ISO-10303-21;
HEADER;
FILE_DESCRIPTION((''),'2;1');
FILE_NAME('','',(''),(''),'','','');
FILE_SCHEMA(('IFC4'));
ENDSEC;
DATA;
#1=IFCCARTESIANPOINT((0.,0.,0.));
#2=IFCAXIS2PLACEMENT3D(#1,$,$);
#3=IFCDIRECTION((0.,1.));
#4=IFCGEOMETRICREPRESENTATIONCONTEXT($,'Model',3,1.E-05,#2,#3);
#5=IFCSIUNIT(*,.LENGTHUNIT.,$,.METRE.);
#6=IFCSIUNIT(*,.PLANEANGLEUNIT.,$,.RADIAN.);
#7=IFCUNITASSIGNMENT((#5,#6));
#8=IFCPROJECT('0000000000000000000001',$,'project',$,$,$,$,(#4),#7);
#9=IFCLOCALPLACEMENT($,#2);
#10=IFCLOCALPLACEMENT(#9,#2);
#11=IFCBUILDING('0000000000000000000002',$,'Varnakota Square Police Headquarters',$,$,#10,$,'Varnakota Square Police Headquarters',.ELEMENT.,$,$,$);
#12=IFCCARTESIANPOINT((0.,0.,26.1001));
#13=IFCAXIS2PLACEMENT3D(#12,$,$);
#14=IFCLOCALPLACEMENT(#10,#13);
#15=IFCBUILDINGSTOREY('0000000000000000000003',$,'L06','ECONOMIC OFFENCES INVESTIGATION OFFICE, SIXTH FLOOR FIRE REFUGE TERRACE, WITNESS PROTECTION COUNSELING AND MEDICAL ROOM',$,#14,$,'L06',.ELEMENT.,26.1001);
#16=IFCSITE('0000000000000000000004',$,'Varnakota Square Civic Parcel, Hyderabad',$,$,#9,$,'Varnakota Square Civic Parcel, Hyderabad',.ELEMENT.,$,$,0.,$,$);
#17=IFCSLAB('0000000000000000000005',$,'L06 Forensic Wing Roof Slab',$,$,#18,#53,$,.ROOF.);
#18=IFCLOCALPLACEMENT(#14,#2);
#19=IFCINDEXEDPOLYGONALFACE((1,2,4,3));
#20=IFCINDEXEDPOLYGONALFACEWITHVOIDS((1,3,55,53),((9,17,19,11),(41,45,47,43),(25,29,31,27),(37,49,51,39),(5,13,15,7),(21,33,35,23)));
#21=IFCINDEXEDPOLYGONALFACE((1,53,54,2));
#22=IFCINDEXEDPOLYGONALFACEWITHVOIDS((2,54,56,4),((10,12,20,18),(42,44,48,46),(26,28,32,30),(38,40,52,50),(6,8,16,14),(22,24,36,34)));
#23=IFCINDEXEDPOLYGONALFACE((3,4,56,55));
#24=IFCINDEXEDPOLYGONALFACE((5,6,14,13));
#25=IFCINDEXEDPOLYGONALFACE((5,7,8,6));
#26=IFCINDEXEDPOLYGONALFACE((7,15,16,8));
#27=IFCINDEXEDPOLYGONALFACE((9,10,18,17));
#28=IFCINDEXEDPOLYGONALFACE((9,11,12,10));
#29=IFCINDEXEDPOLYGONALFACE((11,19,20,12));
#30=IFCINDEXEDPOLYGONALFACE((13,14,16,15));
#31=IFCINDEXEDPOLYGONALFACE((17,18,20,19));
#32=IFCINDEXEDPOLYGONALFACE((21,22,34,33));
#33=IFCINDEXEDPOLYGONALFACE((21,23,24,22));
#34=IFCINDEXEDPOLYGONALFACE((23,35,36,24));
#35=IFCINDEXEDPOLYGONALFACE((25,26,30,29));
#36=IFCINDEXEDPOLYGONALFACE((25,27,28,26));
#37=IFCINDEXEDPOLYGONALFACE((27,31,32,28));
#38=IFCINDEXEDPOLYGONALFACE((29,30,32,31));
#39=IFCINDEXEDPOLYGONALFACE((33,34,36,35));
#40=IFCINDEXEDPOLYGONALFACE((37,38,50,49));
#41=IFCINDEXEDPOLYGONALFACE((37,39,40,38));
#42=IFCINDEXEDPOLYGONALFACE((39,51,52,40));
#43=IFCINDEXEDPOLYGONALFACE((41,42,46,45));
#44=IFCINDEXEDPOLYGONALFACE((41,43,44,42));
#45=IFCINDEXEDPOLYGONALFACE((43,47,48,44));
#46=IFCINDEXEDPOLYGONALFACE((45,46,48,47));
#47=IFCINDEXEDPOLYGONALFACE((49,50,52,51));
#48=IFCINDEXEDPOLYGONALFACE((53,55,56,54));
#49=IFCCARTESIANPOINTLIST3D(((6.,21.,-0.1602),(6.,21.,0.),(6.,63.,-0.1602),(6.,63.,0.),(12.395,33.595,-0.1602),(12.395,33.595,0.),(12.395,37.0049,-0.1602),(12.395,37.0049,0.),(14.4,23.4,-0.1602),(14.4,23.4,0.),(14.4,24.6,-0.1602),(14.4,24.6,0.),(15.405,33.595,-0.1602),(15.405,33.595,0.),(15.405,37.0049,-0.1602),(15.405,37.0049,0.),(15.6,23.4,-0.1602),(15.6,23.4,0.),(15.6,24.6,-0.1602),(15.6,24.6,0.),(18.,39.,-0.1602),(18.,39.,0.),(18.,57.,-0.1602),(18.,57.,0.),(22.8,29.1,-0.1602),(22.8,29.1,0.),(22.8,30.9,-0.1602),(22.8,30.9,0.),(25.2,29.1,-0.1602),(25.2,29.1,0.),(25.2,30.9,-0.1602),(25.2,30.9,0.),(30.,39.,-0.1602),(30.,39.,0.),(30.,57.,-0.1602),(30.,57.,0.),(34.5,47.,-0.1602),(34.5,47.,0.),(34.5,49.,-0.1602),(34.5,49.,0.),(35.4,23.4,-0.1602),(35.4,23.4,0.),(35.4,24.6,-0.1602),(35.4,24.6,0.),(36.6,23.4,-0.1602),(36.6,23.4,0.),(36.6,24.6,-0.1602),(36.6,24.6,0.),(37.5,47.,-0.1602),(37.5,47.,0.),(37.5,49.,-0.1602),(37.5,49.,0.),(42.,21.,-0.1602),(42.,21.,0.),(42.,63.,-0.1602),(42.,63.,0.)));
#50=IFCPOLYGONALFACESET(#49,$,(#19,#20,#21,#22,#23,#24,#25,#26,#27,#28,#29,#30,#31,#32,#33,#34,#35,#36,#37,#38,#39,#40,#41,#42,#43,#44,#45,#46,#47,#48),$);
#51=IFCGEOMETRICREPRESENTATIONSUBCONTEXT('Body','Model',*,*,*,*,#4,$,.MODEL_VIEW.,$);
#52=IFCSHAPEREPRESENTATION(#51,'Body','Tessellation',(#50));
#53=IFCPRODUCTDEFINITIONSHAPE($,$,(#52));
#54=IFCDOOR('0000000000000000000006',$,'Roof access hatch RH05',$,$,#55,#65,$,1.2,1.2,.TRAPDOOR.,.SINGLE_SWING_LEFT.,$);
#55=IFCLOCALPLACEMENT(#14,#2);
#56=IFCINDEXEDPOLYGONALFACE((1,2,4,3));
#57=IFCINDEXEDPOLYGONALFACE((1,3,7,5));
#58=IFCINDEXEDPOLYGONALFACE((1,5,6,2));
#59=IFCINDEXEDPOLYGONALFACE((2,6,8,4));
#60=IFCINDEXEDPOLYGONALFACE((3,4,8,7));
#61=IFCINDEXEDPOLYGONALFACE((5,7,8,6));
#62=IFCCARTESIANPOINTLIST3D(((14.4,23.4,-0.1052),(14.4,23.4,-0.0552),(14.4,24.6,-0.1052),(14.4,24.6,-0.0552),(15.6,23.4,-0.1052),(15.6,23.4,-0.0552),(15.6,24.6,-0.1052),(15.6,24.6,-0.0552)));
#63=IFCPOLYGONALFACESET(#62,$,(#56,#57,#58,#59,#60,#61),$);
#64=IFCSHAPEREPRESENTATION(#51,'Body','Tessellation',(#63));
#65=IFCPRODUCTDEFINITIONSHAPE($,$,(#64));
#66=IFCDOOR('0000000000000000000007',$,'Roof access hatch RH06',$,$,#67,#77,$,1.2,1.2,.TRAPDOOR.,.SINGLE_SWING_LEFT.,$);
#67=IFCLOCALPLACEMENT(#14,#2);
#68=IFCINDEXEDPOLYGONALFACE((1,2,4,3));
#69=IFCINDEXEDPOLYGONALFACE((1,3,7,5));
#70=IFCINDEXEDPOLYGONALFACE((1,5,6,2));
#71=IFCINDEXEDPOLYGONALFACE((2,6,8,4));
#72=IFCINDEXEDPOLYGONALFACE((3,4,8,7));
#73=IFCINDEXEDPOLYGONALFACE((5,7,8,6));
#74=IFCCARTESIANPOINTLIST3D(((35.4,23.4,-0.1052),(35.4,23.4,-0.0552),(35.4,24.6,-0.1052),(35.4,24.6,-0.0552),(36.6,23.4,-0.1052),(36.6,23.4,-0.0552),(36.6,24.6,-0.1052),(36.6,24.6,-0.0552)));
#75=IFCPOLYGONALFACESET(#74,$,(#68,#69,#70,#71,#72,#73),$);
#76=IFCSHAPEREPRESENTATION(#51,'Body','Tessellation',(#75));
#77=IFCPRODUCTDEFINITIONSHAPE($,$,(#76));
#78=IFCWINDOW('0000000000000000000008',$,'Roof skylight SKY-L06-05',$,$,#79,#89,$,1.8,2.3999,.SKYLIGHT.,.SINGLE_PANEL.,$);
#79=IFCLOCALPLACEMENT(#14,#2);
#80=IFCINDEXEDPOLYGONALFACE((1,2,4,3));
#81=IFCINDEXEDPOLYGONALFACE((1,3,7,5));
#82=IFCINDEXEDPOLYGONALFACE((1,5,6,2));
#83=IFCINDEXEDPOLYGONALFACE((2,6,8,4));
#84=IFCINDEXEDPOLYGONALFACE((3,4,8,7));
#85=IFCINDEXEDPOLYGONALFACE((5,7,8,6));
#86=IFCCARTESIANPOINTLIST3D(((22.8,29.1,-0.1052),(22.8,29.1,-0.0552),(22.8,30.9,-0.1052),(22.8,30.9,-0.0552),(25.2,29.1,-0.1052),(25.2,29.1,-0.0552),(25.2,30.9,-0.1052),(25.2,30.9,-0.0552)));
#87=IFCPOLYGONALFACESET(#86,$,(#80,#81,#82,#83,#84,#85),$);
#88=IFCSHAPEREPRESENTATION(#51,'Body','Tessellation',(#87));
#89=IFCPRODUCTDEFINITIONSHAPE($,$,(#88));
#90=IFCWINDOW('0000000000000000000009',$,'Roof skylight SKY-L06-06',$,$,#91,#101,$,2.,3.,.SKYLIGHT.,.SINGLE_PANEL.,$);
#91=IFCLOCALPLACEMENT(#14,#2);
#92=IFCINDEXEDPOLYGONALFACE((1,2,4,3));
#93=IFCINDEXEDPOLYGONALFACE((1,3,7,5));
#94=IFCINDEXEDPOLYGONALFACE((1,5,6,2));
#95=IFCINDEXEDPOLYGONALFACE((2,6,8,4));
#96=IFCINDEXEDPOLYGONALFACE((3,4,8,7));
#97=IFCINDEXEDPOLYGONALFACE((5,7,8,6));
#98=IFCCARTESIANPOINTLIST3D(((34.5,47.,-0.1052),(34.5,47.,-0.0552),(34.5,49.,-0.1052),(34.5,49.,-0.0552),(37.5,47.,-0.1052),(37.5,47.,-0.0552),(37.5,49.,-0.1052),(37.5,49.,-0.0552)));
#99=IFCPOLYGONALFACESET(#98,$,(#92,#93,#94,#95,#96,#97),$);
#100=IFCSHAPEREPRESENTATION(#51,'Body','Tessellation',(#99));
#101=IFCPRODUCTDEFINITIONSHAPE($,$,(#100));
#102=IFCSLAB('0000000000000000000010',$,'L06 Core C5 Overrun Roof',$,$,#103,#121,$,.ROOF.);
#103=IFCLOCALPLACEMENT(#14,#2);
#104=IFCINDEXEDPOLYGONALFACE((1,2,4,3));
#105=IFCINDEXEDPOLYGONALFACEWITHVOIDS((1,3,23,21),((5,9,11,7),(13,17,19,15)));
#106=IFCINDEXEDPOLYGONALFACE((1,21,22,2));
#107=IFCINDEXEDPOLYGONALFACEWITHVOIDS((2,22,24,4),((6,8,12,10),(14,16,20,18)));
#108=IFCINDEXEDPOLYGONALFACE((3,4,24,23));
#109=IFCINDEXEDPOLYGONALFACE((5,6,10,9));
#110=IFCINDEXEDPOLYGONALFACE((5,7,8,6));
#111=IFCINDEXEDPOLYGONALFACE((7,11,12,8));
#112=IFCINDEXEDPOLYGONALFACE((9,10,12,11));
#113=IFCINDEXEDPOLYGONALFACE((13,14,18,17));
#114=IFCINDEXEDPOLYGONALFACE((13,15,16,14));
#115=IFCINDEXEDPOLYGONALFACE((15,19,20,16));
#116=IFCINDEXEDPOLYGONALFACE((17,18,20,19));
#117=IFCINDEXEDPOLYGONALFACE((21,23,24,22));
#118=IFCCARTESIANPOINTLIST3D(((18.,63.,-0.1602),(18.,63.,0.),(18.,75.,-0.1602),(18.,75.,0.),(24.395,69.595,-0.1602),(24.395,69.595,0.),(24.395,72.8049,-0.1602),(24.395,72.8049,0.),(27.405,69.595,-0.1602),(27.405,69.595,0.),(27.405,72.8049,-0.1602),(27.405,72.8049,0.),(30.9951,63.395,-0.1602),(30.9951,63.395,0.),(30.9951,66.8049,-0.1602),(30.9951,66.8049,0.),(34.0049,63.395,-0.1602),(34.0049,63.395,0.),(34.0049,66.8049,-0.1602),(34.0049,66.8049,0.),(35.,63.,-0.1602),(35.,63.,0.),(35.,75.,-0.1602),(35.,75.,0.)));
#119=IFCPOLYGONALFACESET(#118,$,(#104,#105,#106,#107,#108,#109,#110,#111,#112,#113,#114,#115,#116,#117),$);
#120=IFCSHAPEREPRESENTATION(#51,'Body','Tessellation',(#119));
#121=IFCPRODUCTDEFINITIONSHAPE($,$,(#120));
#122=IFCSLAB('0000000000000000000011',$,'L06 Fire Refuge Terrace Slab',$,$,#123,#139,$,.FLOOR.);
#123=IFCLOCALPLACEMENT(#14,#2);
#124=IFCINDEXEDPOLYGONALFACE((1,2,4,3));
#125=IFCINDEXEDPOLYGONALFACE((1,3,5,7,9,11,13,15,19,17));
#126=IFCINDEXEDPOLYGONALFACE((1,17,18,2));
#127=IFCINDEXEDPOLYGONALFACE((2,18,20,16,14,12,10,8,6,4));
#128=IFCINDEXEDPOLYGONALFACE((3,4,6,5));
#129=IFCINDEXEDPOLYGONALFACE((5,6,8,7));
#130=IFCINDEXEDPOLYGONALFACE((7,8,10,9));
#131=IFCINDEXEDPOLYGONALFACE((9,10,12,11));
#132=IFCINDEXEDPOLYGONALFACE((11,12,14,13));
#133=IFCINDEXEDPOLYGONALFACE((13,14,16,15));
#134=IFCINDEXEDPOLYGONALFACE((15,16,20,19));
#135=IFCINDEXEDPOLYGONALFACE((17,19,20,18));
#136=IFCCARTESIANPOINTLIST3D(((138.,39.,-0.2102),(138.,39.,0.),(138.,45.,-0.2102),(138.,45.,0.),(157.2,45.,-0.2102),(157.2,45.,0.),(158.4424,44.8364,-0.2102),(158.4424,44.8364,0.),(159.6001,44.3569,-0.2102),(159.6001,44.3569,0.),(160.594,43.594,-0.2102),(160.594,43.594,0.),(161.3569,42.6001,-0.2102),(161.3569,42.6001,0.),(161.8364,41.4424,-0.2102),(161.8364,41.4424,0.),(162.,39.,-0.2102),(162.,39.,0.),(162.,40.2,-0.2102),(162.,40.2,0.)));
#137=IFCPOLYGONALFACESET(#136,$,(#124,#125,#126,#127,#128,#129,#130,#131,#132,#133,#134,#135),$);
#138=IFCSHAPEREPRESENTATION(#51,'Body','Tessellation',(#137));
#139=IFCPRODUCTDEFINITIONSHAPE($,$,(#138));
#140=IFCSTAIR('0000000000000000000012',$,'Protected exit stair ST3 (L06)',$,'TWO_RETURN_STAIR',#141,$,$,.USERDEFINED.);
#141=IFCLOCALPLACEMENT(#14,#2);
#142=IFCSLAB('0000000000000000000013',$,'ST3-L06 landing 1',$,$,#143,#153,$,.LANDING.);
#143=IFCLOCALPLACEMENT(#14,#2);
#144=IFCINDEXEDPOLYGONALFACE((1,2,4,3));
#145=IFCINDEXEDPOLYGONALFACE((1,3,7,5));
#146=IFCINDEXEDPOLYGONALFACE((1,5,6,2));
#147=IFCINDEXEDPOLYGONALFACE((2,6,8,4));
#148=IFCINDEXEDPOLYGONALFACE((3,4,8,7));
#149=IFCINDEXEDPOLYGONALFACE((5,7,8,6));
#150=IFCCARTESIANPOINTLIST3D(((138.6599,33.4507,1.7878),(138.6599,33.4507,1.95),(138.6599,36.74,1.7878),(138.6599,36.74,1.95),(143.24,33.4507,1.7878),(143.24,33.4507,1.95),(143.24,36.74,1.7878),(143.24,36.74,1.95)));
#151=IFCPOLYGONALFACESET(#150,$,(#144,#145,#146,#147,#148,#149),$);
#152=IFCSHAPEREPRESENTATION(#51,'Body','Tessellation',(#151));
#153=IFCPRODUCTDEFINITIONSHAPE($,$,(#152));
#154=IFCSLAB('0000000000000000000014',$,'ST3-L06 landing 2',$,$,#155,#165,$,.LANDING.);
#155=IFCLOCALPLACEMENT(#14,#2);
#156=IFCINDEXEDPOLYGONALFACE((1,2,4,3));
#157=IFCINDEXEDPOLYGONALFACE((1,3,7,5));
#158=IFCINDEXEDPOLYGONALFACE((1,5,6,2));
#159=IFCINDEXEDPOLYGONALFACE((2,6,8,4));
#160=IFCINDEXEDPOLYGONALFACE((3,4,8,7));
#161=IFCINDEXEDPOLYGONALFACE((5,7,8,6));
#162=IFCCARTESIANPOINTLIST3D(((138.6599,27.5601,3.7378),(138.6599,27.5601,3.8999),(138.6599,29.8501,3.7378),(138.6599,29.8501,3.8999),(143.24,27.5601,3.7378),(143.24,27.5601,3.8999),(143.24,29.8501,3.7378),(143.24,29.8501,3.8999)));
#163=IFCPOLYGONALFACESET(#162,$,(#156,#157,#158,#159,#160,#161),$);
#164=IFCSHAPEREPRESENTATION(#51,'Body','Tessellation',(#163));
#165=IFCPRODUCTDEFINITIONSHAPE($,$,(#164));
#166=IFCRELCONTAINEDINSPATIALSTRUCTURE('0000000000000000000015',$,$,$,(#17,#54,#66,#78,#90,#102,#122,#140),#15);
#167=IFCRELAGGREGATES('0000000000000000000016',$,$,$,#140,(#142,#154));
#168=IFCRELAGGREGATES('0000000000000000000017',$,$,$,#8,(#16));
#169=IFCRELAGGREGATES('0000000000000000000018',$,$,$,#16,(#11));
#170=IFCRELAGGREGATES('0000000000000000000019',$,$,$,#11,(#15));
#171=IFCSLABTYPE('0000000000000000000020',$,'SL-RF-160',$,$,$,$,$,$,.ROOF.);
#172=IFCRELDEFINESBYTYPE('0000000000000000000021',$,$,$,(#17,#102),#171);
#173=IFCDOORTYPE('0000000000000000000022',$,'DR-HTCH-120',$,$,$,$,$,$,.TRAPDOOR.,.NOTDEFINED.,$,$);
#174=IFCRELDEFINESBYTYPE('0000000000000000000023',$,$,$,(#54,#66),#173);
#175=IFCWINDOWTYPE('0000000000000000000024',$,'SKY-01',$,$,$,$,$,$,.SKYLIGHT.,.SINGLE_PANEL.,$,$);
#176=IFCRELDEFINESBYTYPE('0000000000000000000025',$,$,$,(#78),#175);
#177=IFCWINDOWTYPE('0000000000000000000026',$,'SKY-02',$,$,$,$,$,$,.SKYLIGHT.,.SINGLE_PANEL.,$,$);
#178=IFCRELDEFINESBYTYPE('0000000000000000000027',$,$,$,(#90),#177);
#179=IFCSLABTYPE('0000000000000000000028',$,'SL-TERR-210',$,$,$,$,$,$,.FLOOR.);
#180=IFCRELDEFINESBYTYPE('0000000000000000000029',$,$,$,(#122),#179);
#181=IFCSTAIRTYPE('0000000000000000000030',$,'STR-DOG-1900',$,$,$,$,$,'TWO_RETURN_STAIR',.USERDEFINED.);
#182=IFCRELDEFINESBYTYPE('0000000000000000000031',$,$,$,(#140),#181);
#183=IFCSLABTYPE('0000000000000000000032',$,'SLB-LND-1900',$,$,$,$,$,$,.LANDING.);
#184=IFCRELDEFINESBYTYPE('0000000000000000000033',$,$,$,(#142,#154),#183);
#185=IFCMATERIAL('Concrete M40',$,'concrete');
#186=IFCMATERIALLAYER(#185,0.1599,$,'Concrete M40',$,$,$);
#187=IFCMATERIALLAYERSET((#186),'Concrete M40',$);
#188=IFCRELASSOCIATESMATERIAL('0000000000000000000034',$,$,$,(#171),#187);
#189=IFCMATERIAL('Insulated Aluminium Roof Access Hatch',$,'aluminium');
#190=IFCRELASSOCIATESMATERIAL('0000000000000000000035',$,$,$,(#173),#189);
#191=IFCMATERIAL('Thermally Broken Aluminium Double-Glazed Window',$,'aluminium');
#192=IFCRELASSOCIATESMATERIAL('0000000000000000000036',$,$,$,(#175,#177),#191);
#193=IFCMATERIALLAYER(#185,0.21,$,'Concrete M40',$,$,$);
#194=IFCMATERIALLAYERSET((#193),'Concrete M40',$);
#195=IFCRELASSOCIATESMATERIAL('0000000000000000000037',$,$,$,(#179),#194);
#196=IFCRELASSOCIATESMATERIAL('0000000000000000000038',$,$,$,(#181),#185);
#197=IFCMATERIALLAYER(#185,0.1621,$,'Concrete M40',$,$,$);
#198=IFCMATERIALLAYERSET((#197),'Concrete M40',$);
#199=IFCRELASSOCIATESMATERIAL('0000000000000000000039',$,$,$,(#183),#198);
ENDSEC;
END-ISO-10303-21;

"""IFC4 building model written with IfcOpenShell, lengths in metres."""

from ifc_helpers import new_model, si_unit, direction, frame, origin, origin_2d, place, context, subcontext, project, spatial, polyline, rectangle, outline, extrude, material, layer, layer_set, type_object, element, fill, aggregate, save


model = new_model("IFC4")

# Units and contexts
model_context = context("Model", 3, precision=1e-05, world=origin(), true_north=direction((0.0, 1.0)))
body_context = subcontext(model_context, "Body", "Model", "MODEL_VIEW")
ifc_project = project(units=[si_unit("LENGTHUNIT", "METRE"), si_unit("PLANEANGLEUNIT", "RADIAN")], contexts=[model_context])

# Site, building, storey
site_placement = place(None, origin())
site = spatial("IfcSite", under=ifc_project, at=site_placement, Name="Varnakota Square Civic Parcel, Hyderabad", LongName="Varnakota Square Civic Parcel, Hyderabad", CompositionType="ELEMENT", RefElevation=0.0)
building_placement = place(site_placement, origin())
building = spatial("IfcBuilding", under=site, at=building_placement, Name="Varnakota Square Police Headquarters", LongName="Varnakota Square Police Headquarters", CompositionType="ELEMENT")
storey_placement = place(building_placement, frame((0.0, 0.0, 26.1001)))
storey = spatial("IfcBuildingStorey", under=building, at=storey_placement, Name="L06", Description="ECONOMIC OFFENCES INVESTIGATION OFFICE, SIXTH FLOOR FIRE REFUGE TERRACE, WITNESS PROTECTION COUNSELING AND MEDICAL ROOM", LongName="L06", CompositionType="ELEMENT", Elevation=26.1001)

# Shared definitions
ifc_material_1 = material(Name="Concrete M40", Category="concrete")

# Slab, openings, doors, windows
ifc_layer_1 = layer(ifc_material_1, 0.1599, Name="Concrete M40")
ifc_layer_set_1 = layer_set([ifc_layer_1], Name="Concrete M40")
slab_type_1 = type_object("IfcSlabType", Name="SL-RF-160", PredefinedType="ROOF", material=ifc_layer_set_1)
slab_1_placement = place(storey_placement, frame((0.0, 0.0, -0.1602)))
slab_1 = element("IfcSlab", 1, at=slab_1_placement, inside=storey, type_object=slab_type_1, Name="L06 Forensic Wing Roof Slab", PredefinedType="ROOF", context=body_context, shape_type="SweptSolid", body=[
    extrude(outline(polyline([(6.0, 21.0), (42.0, 21.0), (42.0, 63.0), (6.0, 63.0), (6.0, 21.0)]), holes=[polyline([(18.0, 39.0), (30.0, 39.0), (30.0, 57.0), (18.0, 57.0), (18.0, 39.0)]), polyline([(12.395, 33.595), (15.405, 33.595), (15.405, 37.0049), (12.395, 37.0049), (12.395, 33.595)])]), origin(), (0.0, 0.0, 1.0), 0.1602),
])
opening_1_placement = place(slab_1_placement, frame((24.0, 30.0, -0.01)))
opening_1 = element("IfcOpeningElement", 2, at=opening_1_placement, cuts=slab_1, PredefinedType="OPENING", context=body_context, shape_type="SweptSolid", body=[
    extrude(rectangle(XDim=2.3999, YDim=1.8, at=origin_2d()), origin(), (0.0, 0.0, 1.0), 0.1802),
])
opening_2_placement = place(slab_1_placement, frame((36.0, 48.0, -0.01)))
opening_2 = element("IfcOpeningElement", 3, at=opening_2_placement, cuts=slab_1, PredefinedType="OPENING", context=body_context, shape_type="SweptSolid", body=[
    extrude(rectangle(XDim=3.0, YDim=2.0, at=origin_2d()), origin(), (0.0, 0.0, 1.0), 0.1802),
])
opening_3_placement = place(slab_1_placement, frame((15.0, 24.0, -0.01)))
opening_3 = element("IfcOpeningElement", 4, at=opening_3_placement, cuts=slab_1, PredefinedType="OPENING", context=body_context, shape_type="SweptSolid", body=[
    extrude(rectangle(XDim=1.2, YDim=1.2, at=origin_2d()), origin(), (0.0, 0.0, 1.0), 0.1802),
])
opening_4_placement = place(slab_1_placement, frame((36.0, 24.0, -0.01)))
opening_4 = element("IfcOpeningElement", 5, at=opening_4_placement, cuts=slab_1, PredefinedType="OPENING", context=body_context, shape_type="SweptSolid", body=[
    extrude(rectangle(XDim=1.2, YDim=1.2, at=origin_2d()), origin(), (0.0, 0.0, 1.0), 0.1802),
])
ifc_material_2 = material(Name="Insulated Aluminium Roof Access Hatch", Category="aluminium")
door_type = type_object("IfcDoorType", Name="DR-HTCH-120", OperationType="NOTDEFINED", PredefinedType="TRAPDOOR", material=ifc_material_2)
door_1_placement = place(opening_3_placement, frame((0.0, 0.0, 0.0649)))
door_1 = element("IfcDoor", 6, at=door_1_placement, inside=storey, type_object=door_type, Name="Roof access hatch RH05", OperationType="SINGLE_SWING_LEFT", OverallHeight=1.2, OverallWidth=1.2, PredefinedType="TRAPDOOR", context=body_context, shape_type="SweptSolid", body=[
    extrude(rectangle(XDim=1.2, YDim=1.2, at=origin_2d()), origin(), (0.0, 0.0, 1.0), 0.05),
])
fill(opening_3, door_1)
door_2_placement = place(opening_4_placement, frame((0.0, 0.0, 0.0649)))
door_2 = element("IfcDoor", 7, at=door_2_placement, inside=storey, type_object=door_type, Name="Roof access hatch RH06", OperationType="SINGLE_SWING_LEFT", OverallHeight=1.2, OverallWidth=1.2, PredefinedType="TRAPDOOR", context=body_context, shape_type="SweptSolid", body=[
    extrude(rectangle(XDim=1.2, YDim=1.2, at=origin_2d()), origin(), (0.0, 0.0, 1.0), 0.05),
])
fill(opening_4, door_2)
ifc_material_3 = material(Name="Thermally Broken Aluminium Double-Glazed Window", Category="aluminium")
window_type_1 = type_object("IfcWindowType", Name="SKY-01", PartitioningType="SINGLE_PANEL", PredefinedType="SKYLIGHT", material=ifc_material_3)
window_1_placement = place(opening_1_placement, frame((0.0, 0.0, 0.0649)))
window_1 = element("IfcWindow", 8, at=window_1_placement, inside=storey, type_object=window_type_1, Name="Roof skylight SKY-L06-05", OverallHeight=1.8, OverallWidth=2.3999, PartitioningType="SINGLE_PANEL", PredefinedType="SKYLIGHT", context=body_context, shape_type="SweptSolid", body=[
    extrude(rectangle(XDim=2.3999, YDim=1.8, at=origin_2d()), origin(), (0.0, 0.0, 1.0), 0.05),
])
fill(opening_1, window_1)
window_type_2 = type_object("IfcWindowType", Name="SKY-02", PartitioningType="SINGLE_PANEL", PredefinedType="SKYLIGHT", material=ifc_material_3)
window_2_placement = place(opening_2_placement, frame((0.0, 0.0, 0.0649)))
window_2 = element("IfcWindow", 9, at=window_2_placement, inside=storey, type_object=window_type_2, Name="Roof skylight SKY-L06-06", OverallHeight=2.0, OverallWidth=3.0, PartitioningType="SINGLE_PANEL", PredefinedType="SKYLIGHT", context=body_context, shape_type="SweptSolid", body=[
    extrude(rectangle(XDim=3.0, YDim=2.0, at=origin_2d()), origin(), (0.0, 0.0, 1.0), 0.05),
])
fill(opening_2, window_2)

# Slabs
slab_2_placement = place(storey_placement, frame((0.0, 0.0, -0.1602)))
element("IfcSlab", 10, at=slab_2_placement, inside=storey, type_object=slab_type_1, Name="L06 Core C5 Overrun Roof", PredefinedType="ROOF", context=body_context, shape_type="SweptSolid", body=[
    extrude(outline(polyline([(18.0, 63.0), (35.0, 63.0), (35.0, 75.0), (18.0, 75.0), (18.0, 63.0)]), holes=[polyline([(24.395, 69.595), (27.405, 69.595), (27.405, 72.8049), (24.395, 72.8049), (24.395, 69.595)]), polyline([(30.9951, 63.395), (34.0049, 63.395), (34.0049, 66.8049), (30.9951, 66.8049), (30.9951, 63.395)])]), origin(), (0.0, 0.0, 1.0), 0.1602),
])
ifc_layer_2 = layer(ifc_material_1, 0.21, Name="Concrete M40")
ifc_layer_set_2 = layer_set([ifc_layer_2], Name="Concrete M40")
slab_type_2 = type_object("IfcSlabType", Name="SL-TERR-210", PredefinedType="FLOOR", material=ifc_layer_set_2)
slab_3_placement = place(storey_placement, frame((0.0, 0.0, -0.2102)))
element("IfcSlab", 11, at=slab_3_placement, inside=storey, type_object=slab_type_2, Name="L06 Fire Refuge Terrace Slab", PredefinedType="FLOOR", context=body_context, shape_type="SweptSolid", body=[
    extrude(outline(polyline([(138.0, 39.0), (162.0, 39.0), (162.0, 40.2), (161.8364, 41.4424), (161.3569, 42.6001), (160.594, 43.594), (159.6001, 44.3569), (158.4424, 44.8364), (157.2, 45.0), (138.0, 45.0), (138.0, 39.0)])), origin(), (0.0, 0.0, 1.0), 0.2102),
])

# Stair, slabs
stair_type_1 = type_object("IfcStairType", Name="STR-DOG-1900", ElementType="TWO_RETURN_STAIR", PredefinedType="USERDEFINED", material=ifc_material_1)
stair_1_placement = place(storey_placement, origin())
stair_1 = element("IfcStair", 12, at=stair_1_placement, inside=storey, type_object=stair_type_1, Name="Protected exit stair ST3 (L06)", ObjectType="TWO_RETURN_STAIR", PredefinedType="USERDEFINED")
ifc_layer_3 = layer(ifc_material_1, 0.1621, Name="Concrete M40")
ifc_layer_set_3 = layer_set([ifc_layer_3], Name="Concrete M40")
slab_type_3 = type_object("IfcSlabType", Name="SLB-LND-1900", PredefinedType="LANDING", material=ifc_layer_set_3)
slab_4_placement = place(storey_placement, frame((0.0, 0.0, 1.7878)))
slab_4 = element("IfcSlab", 13, at=slab_4_placement, type_object=slab_type_3, Name="ST3-L06 landing 1", PredefinedType="LANDING", context=body_context, shape_type="SweptSolid", body=[
    extrude(outline(polyline([(138.6599, 33.4507), (143.24, 33.4507), (143.24, 36.74), (138.6599, 36.74), (138.6599, 33.4507)])), origin(), (0.0, 0.0, 1.0), 0.1621),
])
slab_5_placement = place(storey_placement, frame((0.0, 0.0, 3.7378)))
slab_5 = element("IfcSlab", 14, at=slab_5_placement, type_object=slab_type_3, Name="ST3-L06 landing 2", PredefinedType="LANDING", context=body_context, shape_type="SweptSolid", body=[
    extrude(outline(polyline([(138.6599, 27.5601), (143.24, 27.5601), (143.24, 29.8501), (138.6599, 29.8501), (138.6599, 27.5601)])), origin(), (0.0, 0.0, 1.0), 0.1621),
])
aggregate(stair_1, [slab_4, slab_5])

save(model, "model.ifc")
